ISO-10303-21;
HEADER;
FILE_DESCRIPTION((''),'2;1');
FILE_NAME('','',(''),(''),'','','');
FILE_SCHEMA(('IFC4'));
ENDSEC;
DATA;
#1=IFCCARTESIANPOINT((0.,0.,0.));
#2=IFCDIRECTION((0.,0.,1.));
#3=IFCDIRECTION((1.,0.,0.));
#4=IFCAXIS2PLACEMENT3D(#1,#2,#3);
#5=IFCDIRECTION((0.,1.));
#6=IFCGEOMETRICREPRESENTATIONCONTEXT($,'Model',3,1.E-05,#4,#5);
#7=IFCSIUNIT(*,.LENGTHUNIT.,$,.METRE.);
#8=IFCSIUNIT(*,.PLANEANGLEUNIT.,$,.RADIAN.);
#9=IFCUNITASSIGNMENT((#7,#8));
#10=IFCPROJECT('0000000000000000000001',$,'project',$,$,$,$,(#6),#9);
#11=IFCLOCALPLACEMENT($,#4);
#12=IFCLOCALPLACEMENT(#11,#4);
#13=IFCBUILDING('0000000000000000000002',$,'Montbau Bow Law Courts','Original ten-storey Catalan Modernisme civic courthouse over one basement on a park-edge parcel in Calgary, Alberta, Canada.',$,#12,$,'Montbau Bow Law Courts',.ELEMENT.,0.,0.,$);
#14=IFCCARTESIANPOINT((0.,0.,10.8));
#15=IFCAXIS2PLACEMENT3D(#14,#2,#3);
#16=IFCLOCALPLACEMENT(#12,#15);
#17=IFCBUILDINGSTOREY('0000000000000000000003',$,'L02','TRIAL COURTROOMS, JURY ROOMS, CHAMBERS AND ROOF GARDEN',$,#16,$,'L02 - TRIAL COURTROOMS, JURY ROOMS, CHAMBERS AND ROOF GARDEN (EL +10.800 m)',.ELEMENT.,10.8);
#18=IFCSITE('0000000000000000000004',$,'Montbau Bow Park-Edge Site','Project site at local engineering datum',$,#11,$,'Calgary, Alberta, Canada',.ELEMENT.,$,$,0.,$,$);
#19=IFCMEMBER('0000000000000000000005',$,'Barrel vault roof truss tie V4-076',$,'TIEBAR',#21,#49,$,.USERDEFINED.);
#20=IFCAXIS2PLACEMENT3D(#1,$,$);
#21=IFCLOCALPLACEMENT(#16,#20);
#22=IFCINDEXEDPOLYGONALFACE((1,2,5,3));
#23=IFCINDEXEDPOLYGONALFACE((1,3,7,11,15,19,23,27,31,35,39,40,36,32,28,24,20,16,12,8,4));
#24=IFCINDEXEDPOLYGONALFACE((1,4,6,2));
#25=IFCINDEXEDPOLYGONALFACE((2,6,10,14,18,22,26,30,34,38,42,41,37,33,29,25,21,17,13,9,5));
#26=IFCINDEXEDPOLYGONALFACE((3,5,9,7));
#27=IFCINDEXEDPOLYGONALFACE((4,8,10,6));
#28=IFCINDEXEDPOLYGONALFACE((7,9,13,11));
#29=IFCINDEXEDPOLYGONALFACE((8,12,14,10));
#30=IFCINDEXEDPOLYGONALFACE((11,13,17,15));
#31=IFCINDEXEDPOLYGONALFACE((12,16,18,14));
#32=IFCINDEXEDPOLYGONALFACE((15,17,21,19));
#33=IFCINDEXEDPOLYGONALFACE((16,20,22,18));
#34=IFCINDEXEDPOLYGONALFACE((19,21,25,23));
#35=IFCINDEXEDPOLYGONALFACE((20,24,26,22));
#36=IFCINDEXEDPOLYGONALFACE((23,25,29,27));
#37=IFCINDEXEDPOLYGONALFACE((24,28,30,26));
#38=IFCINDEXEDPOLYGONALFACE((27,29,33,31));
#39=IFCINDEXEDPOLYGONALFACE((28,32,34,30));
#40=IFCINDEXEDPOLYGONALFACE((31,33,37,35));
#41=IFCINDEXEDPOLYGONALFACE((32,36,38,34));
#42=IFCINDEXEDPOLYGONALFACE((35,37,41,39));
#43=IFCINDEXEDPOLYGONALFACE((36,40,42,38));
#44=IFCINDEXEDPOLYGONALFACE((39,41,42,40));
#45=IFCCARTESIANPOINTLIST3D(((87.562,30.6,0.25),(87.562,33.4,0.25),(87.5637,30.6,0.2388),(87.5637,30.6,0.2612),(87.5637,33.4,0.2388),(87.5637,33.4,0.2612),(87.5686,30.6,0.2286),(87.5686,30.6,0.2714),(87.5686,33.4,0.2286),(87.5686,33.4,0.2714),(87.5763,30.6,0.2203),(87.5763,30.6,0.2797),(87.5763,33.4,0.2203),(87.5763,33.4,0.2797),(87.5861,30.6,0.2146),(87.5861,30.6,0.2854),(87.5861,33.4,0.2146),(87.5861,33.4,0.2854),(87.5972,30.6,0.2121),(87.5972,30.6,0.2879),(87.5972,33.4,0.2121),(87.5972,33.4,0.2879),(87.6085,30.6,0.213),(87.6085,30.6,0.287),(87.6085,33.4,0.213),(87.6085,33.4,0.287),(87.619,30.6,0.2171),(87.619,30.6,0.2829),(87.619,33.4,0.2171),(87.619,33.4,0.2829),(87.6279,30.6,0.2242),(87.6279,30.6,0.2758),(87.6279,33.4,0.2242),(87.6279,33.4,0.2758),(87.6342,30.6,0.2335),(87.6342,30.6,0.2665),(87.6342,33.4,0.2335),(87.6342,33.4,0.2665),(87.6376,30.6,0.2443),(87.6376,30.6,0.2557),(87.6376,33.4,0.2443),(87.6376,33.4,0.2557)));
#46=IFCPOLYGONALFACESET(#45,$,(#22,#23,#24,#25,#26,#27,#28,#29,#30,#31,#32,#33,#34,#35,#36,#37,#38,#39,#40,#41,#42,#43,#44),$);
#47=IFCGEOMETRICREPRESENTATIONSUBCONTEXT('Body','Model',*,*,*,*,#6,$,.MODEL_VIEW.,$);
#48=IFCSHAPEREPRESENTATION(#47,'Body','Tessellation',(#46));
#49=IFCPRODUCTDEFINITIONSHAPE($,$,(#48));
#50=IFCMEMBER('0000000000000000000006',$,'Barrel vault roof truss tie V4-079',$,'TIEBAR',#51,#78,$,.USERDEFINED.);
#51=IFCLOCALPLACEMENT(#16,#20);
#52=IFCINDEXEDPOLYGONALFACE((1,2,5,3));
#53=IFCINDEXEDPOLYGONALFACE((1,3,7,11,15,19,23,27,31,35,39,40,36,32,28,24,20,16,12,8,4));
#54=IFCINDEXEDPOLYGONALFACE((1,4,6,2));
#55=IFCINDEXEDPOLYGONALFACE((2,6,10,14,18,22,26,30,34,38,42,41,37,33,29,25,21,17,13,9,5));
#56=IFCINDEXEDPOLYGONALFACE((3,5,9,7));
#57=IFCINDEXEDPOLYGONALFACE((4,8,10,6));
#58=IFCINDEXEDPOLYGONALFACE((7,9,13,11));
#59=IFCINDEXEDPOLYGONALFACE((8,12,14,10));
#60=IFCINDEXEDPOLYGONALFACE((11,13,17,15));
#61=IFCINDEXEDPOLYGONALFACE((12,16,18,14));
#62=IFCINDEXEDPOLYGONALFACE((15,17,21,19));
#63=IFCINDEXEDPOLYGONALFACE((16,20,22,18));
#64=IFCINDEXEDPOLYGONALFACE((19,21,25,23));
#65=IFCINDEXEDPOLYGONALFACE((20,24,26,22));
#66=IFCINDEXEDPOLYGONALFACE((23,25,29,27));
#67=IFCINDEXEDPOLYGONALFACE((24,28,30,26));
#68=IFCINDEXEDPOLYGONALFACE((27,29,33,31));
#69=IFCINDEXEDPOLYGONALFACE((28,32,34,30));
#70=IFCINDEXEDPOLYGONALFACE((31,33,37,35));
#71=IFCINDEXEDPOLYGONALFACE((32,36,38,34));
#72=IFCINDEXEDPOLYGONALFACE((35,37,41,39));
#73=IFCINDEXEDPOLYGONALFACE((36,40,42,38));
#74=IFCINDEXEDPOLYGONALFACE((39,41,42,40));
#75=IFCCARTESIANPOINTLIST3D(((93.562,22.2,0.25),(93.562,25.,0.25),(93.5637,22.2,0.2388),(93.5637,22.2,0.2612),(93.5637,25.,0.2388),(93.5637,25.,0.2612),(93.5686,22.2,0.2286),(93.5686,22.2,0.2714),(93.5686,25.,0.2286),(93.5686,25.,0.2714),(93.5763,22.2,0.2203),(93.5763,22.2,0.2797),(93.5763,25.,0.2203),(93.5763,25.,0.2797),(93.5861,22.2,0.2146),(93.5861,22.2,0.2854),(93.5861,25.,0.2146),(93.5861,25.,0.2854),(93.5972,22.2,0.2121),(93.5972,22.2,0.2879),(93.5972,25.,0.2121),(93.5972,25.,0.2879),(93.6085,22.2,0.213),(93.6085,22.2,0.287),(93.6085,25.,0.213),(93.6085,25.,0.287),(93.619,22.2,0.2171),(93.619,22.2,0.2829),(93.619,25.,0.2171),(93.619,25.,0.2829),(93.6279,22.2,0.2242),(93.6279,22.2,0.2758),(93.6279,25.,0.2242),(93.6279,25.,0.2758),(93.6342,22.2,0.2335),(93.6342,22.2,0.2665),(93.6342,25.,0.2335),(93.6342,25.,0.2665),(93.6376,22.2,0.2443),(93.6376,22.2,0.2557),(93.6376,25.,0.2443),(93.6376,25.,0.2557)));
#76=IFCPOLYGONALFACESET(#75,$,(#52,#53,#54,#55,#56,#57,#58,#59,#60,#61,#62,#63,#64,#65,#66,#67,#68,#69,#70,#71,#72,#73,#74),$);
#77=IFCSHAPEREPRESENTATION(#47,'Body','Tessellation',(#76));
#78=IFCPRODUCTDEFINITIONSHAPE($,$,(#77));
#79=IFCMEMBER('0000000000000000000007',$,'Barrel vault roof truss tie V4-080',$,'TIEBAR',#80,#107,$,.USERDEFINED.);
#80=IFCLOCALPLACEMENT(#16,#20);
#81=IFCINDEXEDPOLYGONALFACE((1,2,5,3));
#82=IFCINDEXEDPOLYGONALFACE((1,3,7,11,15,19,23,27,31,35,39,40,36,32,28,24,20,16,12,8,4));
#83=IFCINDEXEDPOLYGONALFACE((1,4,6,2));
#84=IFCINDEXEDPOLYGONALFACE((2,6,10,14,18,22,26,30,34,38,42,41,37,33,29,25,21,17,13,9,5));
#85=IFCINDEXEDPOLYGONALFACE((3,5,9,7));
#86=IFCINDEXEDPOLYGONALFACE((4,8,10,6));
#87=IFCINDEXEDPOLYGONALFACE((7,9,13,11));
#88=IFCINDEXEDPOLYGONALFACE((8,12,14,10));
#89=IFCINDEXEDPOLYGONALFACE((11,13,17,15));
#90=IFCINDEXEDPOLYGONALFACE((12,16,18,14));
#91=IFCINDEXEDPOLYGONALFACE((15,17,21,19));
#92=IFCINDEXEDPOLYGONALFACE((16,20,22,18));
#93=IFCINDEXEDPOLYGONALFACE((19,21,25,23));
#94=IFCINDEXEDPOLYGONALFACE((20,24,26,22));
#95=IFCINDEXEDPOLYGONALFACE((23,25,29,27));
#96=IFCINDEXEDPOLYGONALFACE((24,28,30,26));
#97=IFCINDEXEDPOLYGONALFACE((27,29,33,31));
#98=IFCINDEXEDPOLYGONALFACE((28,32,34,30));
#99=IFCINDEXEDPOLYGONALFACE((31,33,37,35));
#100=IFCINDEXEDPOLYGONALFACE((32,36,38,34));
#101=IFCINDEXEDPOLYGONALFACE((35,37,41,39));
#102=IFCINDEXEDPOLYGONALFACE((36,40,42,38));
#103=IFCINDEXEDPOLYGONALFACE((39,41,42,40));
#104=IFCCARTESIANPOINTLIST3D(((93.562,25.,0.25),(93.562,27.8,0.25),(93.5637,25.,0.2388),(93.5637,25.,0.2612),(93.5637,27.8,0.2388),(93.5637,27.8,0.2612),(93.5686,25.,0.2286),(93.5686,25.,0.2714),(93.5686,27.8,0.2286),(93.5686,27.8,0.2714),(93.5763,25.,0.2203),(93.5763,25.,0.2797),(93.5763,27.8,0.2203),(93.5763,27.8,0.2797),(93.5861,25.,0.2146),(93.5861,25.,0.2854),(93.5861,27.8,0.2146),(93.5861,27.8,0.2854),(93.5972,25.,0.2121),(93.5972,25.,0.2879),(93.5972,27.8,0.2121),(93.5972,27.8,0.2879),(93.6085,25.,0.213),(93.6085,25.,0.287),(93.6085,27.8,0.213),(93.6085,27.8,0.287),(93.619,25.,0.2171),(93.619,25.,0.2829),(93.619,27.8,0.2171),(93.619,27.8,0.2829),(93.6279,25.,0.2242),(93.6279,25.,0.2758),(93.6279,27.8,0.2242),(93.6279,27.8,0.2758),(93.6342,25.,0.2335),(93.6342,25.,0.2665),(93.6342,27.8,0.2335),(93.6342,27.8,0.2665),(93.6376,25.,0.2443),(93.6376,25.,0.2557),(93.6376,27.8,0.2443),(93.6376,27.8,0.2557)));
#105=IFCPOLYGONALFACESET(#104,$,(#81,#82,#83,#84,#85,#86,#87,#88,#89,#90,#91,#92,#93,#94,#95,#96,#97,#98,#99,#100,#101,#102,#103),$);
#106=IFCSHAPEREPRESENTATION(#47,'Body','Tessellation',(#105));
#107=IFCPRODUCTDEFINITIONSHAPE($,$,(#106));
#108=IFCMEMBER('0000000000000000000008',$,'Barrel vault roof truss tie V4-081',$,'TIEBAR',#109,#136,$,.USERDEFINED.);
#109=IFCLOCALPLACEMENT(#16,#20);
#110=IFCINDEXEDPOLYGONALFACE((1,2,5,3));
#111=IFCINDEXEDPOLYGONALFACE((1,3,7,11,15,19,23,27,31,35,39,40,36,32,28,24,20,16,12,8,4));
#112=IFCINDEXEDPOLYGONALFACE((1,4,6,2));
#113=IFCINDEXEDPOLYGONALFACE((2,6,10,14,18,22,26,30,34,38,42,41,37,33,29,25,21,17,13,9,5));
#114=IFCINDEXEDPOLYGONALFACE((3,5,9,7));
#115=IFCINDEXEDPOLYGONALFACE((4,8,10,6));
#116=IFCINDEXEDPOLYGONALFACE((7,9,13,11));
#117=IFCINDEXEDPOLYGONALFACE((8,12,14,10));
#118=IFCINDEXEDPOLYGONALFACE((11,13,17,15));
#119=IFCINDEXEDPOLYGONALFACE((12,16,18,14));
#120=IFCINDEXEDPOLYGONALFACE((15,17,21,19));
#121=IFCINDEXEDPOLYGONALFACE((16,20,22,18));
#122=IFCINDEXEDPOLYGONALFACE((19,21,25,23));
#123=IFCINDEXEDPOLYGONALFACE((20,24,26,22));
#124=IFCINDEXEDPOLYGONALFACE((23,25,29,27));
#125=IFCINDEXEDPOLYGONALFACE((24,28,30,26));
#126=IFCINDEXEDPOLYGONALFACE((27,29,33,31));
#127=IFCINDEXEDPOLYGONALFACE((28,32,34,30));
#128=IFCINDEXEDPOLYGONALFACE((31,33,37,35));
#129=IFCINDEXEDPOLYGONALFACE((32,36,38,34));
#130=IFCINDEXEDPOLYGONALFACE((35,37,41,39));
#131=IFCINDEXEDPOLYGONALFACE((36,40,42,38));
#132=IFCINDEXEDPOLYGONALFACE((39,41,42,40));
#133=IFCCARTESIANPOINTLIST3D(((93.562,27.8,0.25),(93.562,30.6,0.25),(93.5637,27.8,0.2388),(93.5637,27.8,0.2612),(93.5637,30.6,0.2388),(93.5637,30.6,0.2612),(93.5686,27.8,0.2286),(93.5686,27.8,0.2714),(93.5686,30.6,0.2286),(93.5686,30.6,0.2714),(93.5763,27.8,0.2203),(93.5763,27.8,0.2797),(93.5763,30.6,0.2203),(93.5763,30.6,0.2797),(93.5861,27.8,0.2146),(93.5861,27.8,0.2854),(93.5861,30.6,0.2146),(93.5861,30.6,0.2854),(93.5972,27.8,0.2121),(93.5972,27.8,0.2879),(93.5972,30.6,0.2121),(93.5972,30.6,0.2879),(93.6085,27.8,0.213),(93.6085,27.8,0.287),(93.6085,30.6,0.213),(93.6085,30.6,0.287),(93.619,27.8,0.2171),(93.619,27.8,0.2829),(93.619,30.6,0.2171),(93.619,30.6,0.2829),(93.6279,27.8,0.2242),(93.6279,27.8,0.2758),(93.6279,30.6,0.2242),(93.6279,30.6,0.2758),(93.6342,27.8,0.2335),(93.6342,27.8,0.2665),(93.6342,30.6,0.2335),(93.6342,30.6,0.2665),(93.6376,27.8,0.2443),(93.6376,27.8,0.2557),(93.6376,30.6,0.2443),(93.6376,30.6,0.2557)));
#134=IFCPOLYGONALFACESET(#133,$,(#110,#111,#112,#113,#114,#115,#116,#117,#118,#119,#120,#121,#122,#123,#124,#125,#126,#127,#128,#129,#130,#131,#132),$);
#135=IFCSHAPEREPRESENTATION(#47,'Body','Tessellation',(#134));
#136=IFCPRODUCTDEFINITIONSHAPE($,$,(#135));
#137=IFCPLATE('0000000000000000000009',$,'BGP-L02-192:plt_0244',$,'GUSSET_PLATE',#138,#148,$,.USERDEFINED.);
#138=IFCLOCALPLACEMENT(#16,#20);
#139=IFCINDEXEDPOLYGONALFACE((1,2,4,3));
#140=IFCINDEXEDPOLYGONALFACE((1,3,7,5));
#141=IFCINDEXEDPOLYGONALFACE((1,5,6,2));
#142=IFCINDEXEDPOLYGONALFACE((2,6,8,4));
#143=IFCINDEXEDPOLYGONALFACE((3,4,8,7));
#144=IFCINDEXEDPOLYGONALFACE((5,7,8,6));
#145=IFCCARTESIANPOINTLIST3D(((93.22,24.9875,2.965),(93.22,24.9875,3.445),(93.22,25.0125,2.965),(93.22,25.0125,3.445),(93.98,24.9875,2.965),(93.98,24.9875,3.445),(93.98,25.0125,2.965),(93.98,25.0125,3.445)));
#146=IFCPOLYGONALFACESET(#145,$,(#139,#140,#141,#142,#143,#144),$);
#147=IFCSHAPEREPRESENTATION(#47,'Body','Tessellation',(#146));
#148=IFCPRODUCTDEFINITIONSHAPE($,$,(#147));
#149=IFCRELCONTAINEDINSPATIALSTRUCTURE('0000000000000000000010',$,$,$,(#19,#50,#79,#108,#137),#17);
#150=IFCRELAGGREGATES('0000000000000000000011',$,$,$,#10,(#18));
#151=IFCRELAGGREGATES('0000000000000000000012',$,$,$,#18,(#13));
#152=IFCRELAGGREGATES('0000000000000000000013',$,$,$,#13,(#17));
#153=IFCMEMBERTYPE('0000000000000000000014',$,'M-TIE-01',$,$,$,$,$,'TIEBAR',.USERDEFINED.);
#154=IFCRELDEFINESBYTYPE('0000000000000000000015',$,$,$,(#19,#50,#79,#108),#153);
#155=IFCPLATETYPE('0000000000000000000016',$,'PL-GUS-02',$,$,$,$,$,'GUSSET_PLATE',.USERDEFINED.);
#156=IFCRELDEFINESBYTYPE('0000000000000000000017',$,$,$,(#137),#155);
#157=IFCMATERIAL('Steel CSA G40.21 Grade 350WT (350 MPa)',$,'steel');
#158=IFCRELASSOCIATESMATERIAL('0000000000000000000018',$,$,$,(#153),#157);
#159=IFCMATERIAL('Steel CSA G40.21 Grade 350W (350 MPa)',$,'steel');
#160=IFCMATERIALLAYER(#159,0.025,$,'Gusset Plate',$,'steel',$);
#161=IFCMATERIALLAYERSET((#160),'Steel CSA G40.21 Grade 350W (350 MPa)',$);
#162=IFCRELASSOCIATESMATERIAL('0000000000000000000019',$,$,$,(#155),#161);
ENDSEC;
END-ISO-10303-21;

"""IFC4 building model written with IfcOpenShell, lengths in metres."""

from ifc_helpers import new_model, si_unit, direction, frame, origin_with_axes, origin_2d_with_axis, place, context, subcontext, project, spatial, rectangle, circle, extrude, material, layer, layer_set, material_profile, profile_set, type_object, element, save


model = new_model("IFC4")

# Units and contexts
model_context = context("Model", 3, precision=1e-05, world=origin_with_axes(), true_north=direction((0.0, 1.0)))
body_context = subcontext(model_context, "Body", "Model", "MODEL_VIEW")
ifc_project = project(units=[si_unit("LENGTHUNIT", "METRE"), si_unit("PLANEANGLEUNIT", "RADIAN")], contexts=[model_context])

# Site, building, storey
site_placement = place(None, origin_with_axes())
site = spatial("IfcSite", under=ifc_project, at=site_placement, Name="Montbau Bow Park-Edge Site", Description="Project site at local engineering datum", LongName="Calgary, Alberta, Canada", CompositionType="ELEMENT", RefElevation=0.0)
building_placement = place(site_placement, origin_with_axes())
building = spatial("IfcBuilding", under=site, at=building_placement, Name="Montbau Bow Law Courts", Description="Original ten-storey Catalan Modernisme civic courthouse over one basement on a park-edge parcel in Calgary, Alberta, Canada.", LongName="Montbau Bow Law Courts", CompositionType="ELEMENT", ElevationOfRefHeight=0.0, ElevationOfTerrain=0.0)
storey_placement = place(building_placement, frame((0.0, 0.0, 10.8), z_axis=(0.0, 0.0, 1.0), x_axis=(1.0, 0.0, 0.0)))
storey = spatial("IfcBuildingStorey", under=building, at=storey_placement, Name="L02", Description="TRIAL COURTROOMS, JURY ROOMS, CHAMBERS AND ROOF GARDEN", LongName="L02 - TRIAL COURTROOMS, JURY ROOMS, CHAMBERS AND ROOF GARDEN (EL +10.800 m)", CompositionType="ELEMENT", Elevation=10.8)

# Shared definitions
ifc_material_1 = material(Name="Steel CSA G40.21 Grade 350W (350 MPa)", Category="steel")

# Shared definitions
ifc_material_2 = material(Name="Steel CSA G40.21 Grade 350WT (350 MPa)", Category="steel")

# Members
ifc_material_profile_1 = material_profile(ifc_material_2, circle(Radius=0.038, at=origin_2d_with_axis()), Name="ROD76", Category="Main", Priority=0)
ifc_profile_set_1 = profile_set([ifc_material_profile_1], Name="Steel CSA G40.21 Grade 350WT (350 MPa)")
member_type_1 = type_object("IfcMemberType", Name="M-TIE-01", ElementType="TIEBAR", PredefinedType="USERDEFINED", material=ifc_profile_set_1)
for number, where, z_axis, x_axis, name in (
    (1, (87.6, 30.6, 11.05), (0.0, 1.0, 0.0), (-1.0, 0.0, 0.0), "Barrel vault roof truss tie V4-076"),
    (2, (93.6, 22.2, 11.05), (0.0, 1.0, 0.0), (-1.0, 0.0, 0.0), "Barrel vault roof truss tie V4-079"),
    (3, (93.6, 25.0, 11.05), (0.0, 1.0, 0.0), (-1.0, 0.0, 0.0), "Barrel vault roof truss tie V4-080"),
    (4, (93.6, 27.8, 11.05), (0.0, 1.0, 0.0), (-1.0, 0.0, 0.0), "Barrel vault roof truss tie V4-081"),
):
    element("IfcMember", number, at=place(None, frame(where, z_axis=z_axis, x_axis=x_axis)), inside=storey, type_object=member_type_1, Name=name, ObjectType="TIEBAR", PredefinedType="USERDEFINED", context=body_context, shape_type="SweptSolid", body=[
        extrude(circle(Radius=0.038, at=origin_2d_with_axis()), origin_with_axes(), (0.0, 0.0, 1.0), 2.8),
    ])

# Plate
ifc_layer = layer(ifc_material_1, 0.025, Name="Gusset Plate", Category="steel")
ifc_layer_set = layer_set([ifc_layer], Name="Steel CSA G40.21 Grade 350W (350 MPa)")
plate_type = type_object("IfcPlateType", Name="PL-GUS-02", ElementType="GUSSET_PLATE", PredefinedType="USERDEFINED", material=ifc_layer_set)
plate_placement = place(None, frame((93.6, 25.0, 13.765), z_axis=(0.0, 0.0, 1.0), x_axis=(1.0, 0.0, 0.0)))
element("IfcPlate", 5, at=plate_placement, inside=storey, type_object=plate_type, Name="BGP-L02-192:plt_0244", ObjectType="GUSSET_PLATE", PredefinedType="USERDEFINED", context=body_context, shape_type="SweptSolid", body=[
    extrude(rectangle(XDim=0.76, YDim=0.025, at=origin_2d_with_axis()), origin_with_axes(), (0.0, 0.0, 1.0), 0.48),
])

save(model, "model.ifc")
